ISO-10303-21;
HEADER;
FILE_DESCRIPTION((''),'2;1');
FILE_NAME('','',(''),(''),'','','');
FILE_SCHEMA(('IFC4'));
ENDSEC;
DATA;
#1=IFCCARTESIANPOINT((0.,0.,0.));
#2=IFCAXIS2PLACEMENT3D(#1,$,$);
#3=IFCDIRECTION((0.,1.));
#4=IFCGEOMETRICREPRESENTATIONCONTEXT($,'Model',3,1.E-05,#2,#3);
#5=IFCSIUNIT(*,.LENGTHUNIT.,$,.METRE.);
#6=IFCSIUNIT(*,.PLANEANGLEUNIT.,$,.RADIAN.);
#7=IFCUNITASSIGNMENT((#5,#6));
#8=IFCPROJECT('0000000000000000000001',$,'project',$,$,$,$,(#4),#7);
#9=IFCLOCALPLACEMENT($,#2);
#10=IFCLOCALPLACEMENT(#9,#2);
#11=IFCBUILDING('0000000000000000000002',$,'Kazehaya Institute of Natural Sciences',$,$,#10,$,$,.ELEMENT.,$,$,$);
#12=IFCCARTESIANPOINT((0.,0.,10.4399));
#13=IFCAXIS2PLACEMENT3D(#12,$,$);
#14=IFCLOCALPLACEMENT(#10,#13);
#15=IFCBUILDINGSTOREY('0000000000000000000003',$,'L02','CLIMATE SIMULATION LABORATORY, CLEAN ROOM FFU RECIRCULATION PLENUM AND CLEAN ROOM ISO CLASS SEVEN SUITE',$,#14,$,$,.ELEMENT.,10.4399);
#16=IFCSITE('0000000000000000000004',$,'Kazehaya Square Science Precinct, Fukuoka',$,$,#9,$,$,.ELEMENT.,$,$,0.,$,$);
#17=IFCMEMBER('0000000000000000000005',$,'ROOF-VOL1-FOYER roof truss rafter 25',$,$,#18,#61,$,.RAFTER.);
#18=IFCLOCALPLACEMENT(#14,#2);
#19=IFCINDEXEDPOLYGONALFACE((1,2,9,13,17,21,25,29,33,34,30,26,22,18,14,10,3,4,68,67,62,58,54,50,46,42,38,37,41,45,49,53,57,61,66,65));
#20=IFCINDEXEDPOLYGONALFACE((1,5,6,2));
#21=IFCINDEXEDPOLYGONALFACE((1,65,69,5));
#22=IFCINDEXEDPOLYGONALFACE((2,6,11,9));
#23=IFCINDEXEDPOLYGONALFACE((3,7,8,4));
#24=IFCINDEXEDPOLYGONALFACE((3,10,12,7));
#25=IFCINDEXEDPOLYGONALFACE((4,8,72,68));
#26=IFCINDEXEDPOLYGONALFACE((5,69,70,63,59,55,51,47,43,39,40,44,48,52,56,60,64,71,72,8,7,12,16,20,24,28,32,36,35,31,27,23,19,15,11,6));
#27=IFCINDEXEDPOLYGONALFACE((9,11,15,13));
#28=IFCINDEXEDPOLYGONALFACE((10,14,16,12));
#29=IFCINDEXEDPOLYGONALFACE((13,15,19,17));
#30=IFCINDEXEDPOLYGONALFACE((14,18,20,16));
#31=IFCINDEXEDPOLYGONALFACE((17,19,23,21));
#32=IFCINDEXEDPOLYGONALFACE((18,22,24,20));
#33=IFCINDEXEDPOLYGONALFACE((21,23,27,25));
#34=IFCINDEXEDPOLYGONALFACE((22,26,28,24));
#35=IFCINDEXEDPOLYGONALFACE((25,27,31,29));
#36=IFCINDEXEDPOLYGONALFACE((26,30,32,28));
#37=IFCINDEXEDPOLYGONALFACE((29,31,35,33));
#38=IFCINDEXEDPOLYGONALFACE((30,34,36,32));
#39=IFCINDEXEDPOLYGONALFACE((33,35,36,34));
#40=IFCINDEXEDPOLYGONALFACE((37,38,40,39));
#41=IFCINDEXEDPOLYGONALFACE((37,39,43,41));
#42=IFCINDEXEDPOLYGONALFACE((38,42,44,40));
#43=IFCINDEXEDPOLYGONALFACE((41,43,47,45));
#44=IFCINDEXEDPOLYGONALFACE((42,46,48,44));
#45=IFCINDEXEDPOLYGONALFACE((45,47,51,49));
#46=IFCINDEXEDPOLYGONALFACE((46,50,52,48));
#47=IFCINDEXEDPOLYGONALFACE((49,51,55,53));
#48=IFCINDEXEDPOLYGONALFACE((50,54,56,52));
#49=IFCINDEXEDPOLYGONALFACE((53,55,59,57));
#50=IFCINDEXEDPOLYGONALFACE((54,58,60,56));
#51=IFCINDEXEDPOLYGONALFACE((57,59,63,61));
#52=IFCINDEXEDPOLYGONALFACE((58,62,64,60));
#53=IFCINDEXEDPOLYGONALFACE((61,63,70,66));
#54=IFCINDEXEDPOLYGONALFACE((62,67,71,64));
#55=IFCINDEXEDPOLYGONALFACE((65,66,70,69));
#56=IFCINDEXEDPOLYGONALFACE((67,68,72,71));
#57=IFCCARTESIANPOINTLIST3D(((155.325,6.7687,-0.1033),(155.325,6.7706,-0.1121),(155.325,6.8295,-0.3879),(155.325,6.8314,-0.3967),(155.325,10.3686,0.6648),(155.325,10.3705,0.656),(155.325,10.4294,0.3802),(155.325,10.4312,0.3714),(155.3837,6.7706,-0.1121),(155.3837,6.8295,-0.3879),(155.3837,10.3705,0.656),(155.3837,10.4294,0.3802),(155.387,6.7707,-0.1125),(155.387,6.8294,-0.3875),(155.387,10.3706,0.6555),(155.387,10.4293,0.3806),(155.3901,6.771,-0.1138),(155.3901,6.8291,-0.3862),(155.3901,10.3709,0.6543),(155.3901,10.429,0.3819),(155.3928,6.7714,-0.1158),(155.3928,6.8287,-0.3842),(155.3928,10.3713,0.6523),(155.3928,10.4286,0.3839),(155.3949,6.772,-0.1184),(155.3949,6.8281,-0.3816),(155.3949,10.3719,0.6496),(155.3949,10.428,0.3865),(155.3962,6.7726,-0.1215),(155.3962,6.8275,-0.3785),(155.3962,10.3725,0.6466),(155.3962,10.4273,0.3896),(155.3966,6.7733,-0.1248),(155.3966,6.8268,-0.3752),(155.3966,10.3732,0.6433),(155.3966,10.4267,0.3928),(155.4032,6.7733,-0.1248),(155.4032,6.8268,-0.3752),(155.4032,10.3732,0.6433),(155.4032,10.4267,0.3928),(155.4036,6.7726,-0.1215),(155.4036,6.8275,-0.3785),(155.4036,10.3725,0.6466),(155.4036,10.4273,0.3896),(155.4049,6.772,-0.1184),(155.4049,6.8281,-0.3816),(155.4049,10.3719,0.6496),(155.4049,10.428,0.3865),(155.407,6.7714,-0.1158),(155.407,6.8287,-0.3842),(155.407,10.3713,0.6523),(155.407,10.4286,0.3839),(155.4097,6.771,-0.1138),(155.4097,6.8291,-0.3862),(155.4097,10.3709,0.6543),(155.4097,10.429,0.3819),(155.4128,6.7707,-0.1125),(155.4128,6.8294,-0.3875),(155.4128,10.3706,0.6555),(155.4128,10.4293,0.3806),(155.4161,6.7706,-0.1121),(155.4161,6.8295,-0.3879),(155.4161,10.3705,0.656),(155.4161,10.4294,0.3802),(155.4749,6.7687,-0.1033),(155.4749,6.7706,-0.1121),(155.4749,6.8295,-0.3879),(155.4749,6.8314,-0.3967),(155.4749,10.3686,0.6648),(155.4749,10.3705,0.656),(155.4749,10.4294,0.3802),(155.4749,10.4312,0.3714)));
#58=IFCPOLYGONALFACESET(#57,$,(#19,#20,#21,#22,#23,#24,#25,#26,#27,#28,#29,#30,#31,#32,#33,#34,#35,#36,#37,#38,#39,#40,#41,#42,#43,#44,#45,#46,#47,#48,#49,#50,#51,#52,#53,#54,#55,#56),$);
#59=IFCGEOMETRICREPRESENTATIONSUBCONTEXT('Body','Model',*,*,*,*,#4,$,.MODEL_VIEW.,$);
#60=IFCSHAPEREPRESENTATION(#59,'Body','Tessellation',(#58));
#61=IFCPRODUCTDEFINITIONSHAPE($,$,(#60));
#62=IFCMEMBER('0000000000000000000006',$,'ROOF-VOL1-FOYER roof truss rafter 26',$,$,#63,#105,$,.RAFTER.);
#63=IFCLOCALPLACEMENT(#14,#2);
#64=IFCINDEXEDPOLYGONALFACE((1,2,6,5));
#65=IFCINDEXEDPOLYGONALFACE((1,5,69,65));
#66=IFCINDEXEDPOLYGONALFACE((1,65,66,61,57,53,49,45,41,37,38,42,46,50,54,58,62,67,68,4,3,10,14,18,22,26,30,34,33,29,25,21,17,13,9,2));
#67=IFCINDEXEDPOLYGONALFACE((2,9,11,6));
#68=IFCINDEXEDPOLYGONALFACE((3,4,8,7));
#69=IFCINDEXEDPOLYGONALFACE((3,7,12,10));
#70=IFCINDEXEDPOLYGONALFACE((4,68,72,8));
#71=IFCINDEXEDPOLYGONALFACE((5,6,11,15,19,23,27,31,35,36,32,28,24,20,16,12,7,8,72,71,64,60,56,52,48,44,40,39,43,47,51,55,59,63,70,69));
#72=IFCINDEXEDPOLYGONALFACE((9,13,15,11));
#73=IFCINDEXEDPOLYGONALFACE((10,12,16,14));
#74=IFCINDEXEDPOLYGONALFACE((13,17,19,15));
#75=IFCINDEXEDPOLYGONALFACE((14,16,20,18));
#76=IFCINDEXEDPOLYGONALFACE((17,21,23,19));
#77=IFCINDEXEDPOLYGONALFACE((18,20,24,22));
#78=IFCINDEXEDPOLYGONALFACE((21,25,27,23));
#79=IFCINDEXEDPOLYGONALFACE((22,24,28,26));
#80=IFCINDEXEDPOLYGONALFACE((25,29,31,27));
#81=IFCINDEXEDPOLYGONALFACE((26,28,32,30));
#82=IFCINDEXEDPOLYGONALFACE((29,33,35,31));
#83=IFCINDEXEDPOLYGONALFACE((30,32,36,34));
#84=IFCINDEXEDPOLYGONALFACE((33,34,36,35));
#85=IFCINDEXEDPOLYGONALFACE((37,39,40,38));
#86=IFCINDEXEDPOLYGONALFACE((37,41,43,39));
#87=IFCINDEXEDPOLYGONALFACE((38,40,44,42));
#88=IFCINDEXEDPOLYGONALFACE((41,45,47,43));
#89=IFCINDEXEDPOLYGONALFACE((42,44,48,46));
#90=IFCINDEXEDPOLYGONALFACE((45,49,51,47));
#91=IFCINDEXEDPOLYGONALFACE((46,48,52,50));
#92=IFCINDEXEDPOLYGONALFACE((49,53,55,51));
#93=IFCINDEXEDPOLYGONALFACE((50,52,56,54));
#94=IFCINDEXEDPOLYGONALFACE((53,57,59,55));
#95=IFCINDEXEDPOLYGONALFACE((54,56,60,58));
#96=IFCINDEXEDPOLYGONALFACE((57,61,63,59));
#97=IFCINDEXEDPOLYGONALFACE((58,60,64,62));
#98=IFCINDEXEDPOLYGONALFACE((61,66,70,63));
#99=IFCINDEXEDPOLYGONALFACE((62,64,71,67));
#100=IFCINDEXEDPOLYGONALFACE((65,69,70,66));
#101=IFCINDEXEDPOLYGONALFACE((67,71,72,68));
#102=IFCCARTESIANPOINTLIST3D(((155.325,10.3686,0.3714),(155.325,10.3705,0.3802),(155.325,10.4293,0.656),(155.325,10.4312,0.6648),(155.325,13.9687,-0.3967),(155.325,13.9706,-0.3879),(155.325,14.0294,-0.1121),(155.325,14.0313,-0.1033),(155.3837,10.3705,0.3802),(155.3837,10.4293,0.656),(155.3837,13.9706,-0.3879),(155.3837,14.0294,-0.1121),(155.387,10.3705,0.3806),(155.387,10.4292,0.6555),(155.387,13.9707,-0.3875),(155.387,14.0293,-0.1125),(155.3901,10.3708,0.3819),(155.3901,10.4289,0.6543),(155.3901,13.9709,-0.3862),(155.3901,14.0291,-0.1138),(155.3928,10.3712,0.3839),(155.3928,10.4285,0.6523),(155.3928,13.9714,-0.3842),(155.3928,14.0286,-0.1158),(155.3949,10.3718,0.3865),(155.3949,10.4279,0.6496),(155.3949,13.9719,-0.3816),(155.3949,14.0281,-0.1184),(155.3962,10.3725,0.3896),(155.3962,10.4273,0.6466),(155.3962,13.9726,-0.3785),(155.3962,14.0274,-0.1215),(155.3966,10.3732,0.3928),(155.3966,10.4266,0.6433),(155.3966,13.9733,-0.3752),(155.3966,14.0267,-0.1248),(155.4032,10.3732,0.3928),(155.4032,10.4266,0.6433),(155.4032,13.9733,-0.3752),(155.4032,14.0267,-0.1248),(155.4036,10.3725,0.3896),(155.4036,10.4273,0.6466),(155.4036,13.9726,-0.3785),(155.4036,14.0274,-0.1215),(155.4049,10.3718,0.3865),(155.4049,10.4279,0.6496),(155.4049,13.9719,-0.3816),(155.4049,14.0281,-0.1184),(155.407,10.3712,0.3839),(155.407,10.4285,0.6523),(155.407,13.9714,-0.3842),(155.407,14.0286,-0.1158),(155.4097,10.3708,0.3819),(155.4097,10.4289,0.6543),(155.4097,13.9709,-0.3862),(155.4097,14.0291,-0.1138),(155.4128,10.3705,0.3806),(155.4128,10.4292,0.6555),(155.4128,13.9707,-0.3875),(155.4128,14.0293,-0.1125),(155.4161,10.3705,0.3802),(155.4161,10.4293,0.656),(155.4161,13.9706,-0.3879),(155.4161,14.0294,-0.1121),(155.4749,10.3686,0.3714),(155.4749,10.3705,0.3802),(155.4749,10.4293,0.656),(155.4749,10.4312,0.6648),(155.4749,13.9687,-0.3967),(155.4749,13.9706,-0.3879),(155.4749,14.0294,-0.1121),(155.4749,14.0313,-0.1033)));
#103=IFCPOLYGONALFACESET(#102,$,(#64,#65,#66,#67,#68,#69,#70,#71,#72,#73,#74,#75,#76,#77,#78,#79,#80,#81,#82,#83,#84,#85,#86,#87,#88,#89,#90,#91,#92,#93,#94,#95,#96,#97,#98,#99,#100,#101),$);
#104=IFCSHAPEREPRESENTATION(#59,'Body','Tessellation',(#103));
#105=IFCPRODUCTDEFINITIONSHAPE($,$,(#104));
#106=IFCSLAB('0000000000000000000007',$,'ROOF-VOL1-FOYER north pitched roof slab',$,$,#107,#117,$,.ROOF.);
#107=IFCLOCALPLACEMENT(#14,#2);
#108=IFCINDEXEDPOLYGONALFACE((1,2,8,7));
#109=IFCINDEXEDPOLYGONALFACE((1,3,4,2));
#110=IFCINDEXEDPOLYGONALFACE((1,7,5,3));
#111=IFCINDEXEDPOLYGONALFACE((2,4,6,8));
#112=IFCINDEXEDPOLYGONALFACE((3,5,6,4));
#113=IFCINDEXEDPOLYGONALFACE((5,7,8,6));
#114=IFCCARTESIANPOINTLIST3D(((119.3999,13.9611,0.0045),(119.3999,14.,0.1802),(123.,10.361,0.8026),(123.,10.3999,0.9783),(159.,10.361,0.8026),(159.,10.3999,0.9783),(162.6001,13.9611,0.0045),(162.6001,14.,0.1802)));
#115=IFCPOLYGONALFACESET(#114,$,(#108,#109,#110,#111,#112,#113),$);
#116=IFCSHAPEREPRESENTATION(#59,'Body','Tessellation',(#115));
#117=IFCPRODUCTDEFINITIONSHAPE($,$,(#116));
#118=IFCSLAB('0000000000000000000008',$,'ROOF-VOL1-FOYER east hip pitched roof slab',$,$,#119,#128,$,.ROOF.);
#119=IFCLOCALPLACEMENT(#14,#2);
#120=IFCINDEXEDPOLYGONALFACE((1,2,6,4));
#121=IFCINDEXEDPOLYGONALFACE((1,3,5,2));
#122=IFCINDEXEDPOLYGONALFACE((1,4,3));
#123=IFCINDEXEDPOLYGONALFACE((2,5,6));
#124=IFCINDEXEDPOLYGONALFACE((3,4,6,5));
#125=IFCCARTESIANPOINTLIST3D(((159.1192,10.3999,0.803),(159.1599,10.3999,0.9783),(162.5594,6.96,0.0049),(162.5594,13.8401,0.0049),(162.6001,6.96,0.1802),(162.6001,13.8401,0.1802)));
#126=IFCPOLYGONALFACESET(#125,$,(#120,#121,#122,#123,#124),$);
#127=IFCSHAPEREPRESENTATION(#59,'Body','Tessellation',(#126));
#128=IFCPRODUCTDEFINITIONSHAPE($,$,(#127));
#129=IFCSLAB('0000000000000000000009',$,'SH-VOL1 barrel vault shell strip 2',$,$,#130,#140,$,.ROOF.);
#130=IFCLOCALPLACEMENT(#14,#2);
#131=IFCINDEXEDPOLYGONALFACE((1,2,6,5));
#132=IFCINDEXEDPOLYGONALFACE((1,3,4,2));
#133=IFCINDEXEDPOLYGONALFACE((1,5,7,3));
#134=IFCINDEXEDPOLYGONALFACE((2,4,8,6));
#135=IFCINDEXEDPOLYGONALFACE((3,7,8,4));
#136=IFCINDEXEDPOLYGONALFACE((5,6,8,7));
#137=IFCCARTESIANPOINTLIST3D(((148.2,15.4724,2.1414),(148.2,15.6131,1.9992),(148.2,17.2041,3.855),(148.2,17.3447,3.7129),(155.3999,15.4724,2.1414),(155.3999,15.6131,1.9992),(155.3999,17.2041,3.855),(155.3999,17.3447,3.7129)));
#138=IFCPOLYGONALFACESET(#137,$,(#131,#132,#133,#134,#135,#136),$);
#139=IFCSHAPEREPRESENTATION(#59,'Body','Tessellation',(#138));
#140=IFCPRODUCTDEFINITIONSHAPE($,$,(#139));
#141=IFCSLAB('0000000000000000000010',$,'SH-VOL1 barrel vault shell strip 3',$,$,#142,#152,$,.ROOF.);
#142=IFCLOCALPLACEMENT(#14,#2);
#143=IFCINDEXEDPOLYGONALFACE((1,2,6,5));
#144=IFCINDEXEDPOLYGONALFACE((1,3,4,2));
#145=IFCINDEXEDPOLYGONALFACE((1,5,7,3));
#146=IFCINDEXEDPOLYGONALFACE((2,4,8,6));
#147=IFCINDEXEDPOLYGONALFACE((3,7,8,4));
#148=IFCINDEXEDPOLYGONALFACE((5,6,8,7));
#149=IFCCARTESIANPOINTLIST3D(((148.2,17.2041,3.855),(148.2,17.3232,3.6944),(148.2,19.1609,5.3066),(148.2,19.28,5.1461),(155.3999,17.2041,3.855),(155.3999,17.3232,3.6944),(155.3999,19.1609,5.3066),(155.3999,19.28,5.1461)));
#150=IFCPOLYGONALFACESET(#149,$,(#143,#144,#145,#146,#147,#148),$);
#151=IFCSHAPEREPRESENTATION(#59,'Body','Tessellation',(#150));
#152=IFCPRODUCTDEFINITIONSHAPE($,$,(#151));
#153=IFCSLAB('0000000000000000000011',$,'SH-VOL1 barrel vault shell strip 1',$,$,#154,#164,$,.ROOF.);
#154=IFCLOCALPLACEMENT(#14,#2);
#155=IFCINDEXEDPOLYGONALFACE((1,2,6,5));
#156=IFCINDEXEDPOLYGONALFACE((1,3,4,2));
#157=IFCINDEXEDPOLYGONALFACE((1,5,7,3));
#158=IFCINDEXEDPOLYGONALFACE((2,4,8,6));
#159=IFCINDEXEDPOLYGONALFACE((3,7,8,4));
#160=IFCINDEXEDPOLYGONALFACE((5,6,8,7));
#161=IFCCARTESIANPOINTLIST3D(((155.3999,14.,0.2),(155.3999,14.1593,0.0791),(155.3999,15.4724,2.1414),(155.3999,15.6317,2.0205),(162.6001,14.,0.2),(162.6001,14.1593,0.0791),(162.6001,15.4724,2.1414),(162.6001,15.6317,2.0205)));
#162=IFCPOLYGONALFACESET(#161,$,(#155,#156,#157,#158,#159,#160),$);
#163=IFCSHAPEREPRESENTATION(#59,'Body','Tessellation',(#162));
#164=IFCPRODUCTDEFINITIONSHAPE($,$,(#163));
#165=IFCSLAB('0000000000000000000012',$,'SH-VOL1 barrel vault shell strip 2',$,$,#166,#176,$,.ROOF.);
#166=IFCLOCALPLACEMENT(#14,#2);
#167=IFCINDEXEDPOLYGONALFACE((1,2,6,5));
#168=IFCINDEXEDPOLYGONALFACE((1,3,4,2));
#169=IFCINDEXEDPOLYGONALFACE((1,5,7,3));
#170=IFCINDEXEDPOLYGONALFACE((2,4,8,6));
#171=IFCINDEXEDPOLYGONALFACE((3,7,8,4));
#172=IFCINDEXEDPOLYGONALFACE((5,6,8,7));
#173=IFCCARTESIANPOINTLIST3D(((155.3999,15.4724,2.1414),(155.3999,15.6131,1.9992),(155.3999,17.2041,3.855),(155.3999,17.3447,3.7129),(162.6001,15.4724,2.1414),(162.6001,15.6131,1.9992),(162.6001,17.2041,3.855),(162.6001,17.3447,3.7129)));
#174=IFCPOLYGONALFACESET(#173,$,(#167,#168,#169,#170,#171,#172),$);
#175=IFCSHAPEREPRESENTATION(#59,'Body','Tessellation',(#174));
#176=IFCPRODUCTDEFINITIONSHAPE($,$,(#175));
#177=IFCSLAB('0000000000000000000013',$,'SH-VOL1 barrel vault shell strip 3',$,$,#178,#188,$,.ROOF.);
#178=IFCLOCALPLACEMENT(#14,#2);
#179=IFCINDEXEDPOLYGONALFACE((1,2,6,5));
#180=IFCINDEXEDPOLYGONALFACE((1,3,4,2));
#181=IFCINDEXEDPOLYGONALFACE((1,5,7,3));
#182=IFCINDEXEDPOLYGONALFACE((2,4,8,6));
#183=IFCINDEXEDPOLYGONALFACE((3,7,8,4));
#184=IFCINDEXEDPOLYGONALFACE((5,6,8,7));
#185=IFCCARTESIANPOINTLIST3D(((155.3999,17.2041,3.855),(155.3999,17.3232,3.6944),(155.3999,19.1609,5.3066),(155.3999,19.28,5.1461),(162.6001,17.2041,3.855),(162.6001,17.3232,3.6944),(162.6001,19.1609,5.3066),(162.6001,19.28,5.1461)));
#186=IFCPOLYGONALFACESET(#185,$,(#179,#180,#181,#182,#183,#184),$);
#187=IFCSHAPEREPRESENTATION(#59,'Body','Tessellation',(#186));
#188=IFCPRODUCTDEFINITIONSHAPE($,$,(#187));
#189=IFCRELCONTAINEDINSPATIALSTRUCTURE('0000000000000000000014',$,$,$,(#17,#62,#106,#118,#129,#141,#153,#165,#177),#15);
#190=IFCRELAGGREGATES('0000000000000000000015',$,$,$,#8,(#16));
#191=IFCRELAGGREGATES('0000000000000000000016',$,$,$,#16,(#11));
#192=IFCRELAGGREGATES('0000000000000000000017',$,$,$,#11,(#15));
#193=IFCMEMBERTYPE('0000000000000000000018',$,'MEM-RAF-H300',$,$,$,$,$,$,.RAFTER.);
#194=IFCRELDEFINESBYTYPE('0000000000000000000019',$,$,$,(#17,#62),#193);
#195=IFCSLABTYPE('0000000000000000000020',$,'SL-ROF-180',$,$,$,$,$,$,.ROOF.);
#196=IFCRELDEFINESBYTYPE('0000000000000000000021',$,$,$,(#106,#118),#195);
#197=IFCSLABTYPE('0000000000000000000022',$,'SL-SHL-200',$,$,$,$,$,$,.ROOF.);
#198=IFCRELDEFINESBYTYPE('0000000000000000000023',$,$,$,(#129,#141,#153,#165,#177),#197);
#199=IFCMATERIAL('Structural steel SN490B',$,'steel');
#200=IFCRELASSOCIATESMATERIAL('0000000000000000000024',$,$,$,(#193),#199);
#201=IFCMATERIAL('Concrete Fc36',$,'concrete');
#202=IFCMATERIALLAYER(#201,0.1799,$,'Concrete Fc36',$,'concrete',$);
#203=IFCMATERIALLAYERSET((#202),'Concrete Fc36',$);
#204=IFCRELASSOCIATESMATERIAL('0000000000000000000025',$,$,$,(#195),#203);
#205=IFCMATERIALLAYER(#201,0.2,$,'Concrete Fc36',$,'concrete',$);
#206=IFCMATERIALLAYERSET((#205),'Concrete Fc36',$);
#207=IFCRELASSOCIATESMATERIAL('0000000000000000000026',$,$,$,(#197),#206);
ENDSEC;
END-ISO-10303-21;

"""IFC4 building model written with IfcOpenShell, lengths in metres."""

from ifc_helpers import new_model, si_unit, direction, frame, origin, origin_2d, place, context, subcontext, project, spatial, polyline, i_section, outline, extrude, material, layer, layer_set, material_profile, profile_set, type_object, element, save


model = new_model("IFC4")

# Units and contexts
model_context = context("Model", 3, precision=1e-05, world=origin(), true_north=direction((0.0, 1.0)))
body_context = subcontext(model_context, "Body", "Model", "MODEL_VIEW")
ifc_project = project(units=[si_unit("LENGTHUNIT", "METRE"), si_unit("PLANEANGLEUNIT", "RADIAN")], contexts=[model_context])

# Site, building, storey
site_placement = place(None, origin())
site = spatial("IfcSite", under=ifc_project, at=site_placement, Name="Kazehaya Square Science Precinct, Fukuoka", CompositionType="ELEMENT", RefElevation=0.0)
building_placement = place(site_placement, origin())
building = spatial("IfcBuilding", under=site, at=building_placement, Name="Kazehaya Institute of Natural Sciences", CompositionType="ELEMENT")
storey_placement = place(building_placement, frame((0.0, 0.0, 10.4399)))
storey = spatial("IfcBuildingStorey", under=building, at=storey_placement, Name="L02", Description="CLIMATE SIMULATION LABORATORY, CLEAN ROOM FFU RECIRCULATION PLENUM AND CLEAN ROOM ISO CLASS SEVEN SUITE", CompositionType="ELEMENT", Elevation=10.4399)

# Shared definitions
ifc_material_1 = material(Name="Concrete Fc36", Category="concrete")
ifc_material_2 = material(Name="Structural steel SN490B", Category="steel")

# Members
ifc_material_profile_1 = material_profile(ifc_material_2, i_section(OverallWidth=0.1499, OverallDepth=0.3, WebThickness=0.0066, FlangeThickness=0.009, FilletRadius=0.0129, at=origin_2d()), Name="H-300x150x6.5x9")
ifc_profile_set_1 = profile_set([ifc_material_profile_1], Name="Structural steel SN490B")
member_type = type_object("IfcMemberType", Name="MEM-RAF-H300", PredefinedType="RAFTER", material=ifc_profile_set_1)
member_1_placement = place(storey_placement, frame((155.3999, 6.8, -0.25), z_axis=(0.0, 0.977987, 0.208664), x_axis=(-1.0, 0.0, 0.0)))
element("IfcMember", 1, at=member_1_placement, inside=storey, type_object=member_type, Name="ROOF-VOL1-FOYER roof truss rafter 25", PredefinedType="RAFTER", context=body_context, shape_type="SweptSolid", body=[
    extrude(i_section(OverallWidth=0.1499, OverallDepth=0.3, WebThickness=0.0066, FlangeThickness=0.009, FilletRadius=0.0129, at=origin_2d()), origin(), (0.0, 0.0, 1.0), 3.6809),
])
member_2_placement = place(storey_placement, frame((155.3999, 14.0, -0.25), z_axis=(0.0, -0.97799, 0.20865), x_axis=(1.0, 0.0, 0.0)))
element("IfcMember", 2, at=member_2_placement, inside=storey, type_object=member_type, Name="ROOF-VOL1-FOYER roof truss rafter 26", PredefinedType="RAFTER", context=body_context, shape_type="SweptSolid", body=[
    extrude(i_section(OverallWidth=0.1499, OverallDepth=0.3, WebThickness=0.0066, FlangeThickness=0.009, FilletRadius=0.0129, at=origin_2d()), origin(), (0.0, 0.0, 1.0), 3.6812),
])

# Slabs
ifc_layer_1 = layer(ifc_material_1, 0.1799, Name="Concrete Fc36", Category="concrete")
ifc_layer_set_1 = layer_set([ifc_layer_1], Name="Concrete Fc36")
slab_type_1 = type_object("IfcSlabType", Name="SL-ROF-180", PredefinedType="ROOF", material=ifc_layer_set_1)
slab_1_placement = place(storey_placement, frame((162.6001, 14.0, 0.1802), z_axis=(0.0, 0.216433, 0.976298), x_axis=(-1.0, 0.0, 0.0)))
element("IfcSlab", 3, at=slab_1_placement, inside=storey, type_object=slab_type_1, Name="ROOF-VOL1-FOYER north pitched roof slab", PredefinedType="ROOF", context=body_context, shape_type="SweptSolid", body=[
    extrude(outline(polyline([(0.0, 0.0), (43.2002, 0.0), (39.6001, 3.6875), (3.6001, 3.6875), (0.0, 0.0)])), origin(), (0.0, 0.0, -1.0), 0.1799),
])
slab_2_placement = place(storey_placement, frame((162.6001, 6.96, 0.1802), z_axis=(0.22599, 0.0, 0.97413), x_axis=(0.0, 1.0, 0.0)))
element("IfcSlab", 4, at=slab_2_placement, inside=storey, type_object=slab_type_1, Name="ROOF-VOL1-FOYER east hip pitched roof slab", PredefinedType="ROOF", context=body_context, shape_type="SweptSolid", body=[
    extrude(outline(polyline([(0.0, 0.0), (6.8801, 0.0), (3.4399, 3.5315), (0.0, 0.0)])), origin(), (0.0, 0.0, -1.0), 0.1799),
])
ifc_layer_2 = layer(ifc_material_1, 0.2, Name="Concrete Fc36", Category="concrete")
ifc_layer_set_2 = layer_set([ifc_layer_2], Name="Concrete Fc36")
slab_type_2 = type_object("IfcSlabType", Name="SL-SHL-200", PredefinedType="ROOF", material=ifc_layer_set_2)
slab_3_placement = place(storey_placement, frame((148.2, 15.4724, 2.1414), z_axis=(0.0, -0.703389, 0.710805), x_axis=(1.0, 0.0, 0.0)))
element("IfcSlab", 5, at=slab_3_placement, inside=storey, type_object=slab_type_2, Name="SH-VOL1 barrel vault shell strip 2", PredefinedType="ROOF", context=body_context, shape_type="SweptSolid", body=[
    extrude(outline(polyline([(0.0, 0.0), (7.2, 0.0), (7.2, 2.4362), (0.0, 2.4362), (0.0, 0.0)])), origin(), (0.0, 0.0, -1.0), 0.2),
])
slab_4_placement = place(storey_placement, frame((148.2, 17.2041, 3.855), z_axis=(0.0, -0.595807, 0.803127), x_axis=(1.0, 0.0, 0.0)))
element("IfcSlab", 6, at=slab_4_placement, inside=storey, type_object=slab_type_2, Name="SH-VOL1 barrel vault shell strip 3", PredefinedType="ROOF", context=body_context, shape_type="SweptSolid", body=[
    extrude(outline(polyline([(0.0, 0.0), (7.2, 0.0), (7.2, 2.4365), (0.0, 2.4365), (0.0, 0.0)])), origin(), (0.0, 0.0, -1.0), 0.2),
])
slab_5_placement = place(storey_placement, frame((155.3999, 14.0, 0.2), z_axis=(0.0, -0.796766, 0.604288), x_axis=(1.0, 0.0, 0.0)))
element("IfcSlab", 7, at=slab_5_placement, inside=storey, type_object=slab_type_2, Name="SH-VOL1 barrel vault shell strip 1", PredefinedType="ROOF", context=body_context, shape_type="SweptSolid", body=[
    extrude(outline(polyline([(0.0, 0.0), (7.2002, 0.0), (7.2002, 2.4366), (0.0, 2.4366), (0.0, 0.0)])), origin(), (0.0, 0.0, -1.0), 0.2),
])
slab_6_placement = place(storey_placement, frame((155.3999, 15.4724, 2.1414), z_axis=(0.0, -0.703389, 0.710805), x_axis=(1.0, 0.0, 0.0)))
element("IfcSlab", 8, at=slab_6_placement, inside=storey, type_object=slab_type_2, Name="SH-VOL1 barrel vault shell strip 2", PredefinedType="ROOF", context=body_context, shape_type="SweptSolid", body=[
    extrude(outline(polyline([(0.0, 0.0), (7.2002, 0.0), (7.2002, 2.4362), (0.0, 2.4362), (0.0, 0.0)])), origin(), (0.0, 0.0, -1.0), 0.2),
])
slab_7_placement = place(storey_placement, frame((155.3999, 17.2041, 3.855), z_axis=(0.0, -0.595807, 0.803127), x_axis=(1.0, 0.0, 0.0)))
element("IfcSlab", 9, at=slab_7_placement, inside=storey, type_object=slab_type_2, Name="SH-VOL1 barrel vault shell strip 3", PredefinedType="ROOF", context=body_context, shape_type="SweptSolid", body=[
    extrude(outline(polyline([(0.0, 0.0), (7.2002, 0.0), (7.2002, 2.4365), (0.0, 2.4365), (0.0, 0.0)])), origin(), (0.0, 0.0, -1.0), 0.2),
])

save(model, "model.ifc")
